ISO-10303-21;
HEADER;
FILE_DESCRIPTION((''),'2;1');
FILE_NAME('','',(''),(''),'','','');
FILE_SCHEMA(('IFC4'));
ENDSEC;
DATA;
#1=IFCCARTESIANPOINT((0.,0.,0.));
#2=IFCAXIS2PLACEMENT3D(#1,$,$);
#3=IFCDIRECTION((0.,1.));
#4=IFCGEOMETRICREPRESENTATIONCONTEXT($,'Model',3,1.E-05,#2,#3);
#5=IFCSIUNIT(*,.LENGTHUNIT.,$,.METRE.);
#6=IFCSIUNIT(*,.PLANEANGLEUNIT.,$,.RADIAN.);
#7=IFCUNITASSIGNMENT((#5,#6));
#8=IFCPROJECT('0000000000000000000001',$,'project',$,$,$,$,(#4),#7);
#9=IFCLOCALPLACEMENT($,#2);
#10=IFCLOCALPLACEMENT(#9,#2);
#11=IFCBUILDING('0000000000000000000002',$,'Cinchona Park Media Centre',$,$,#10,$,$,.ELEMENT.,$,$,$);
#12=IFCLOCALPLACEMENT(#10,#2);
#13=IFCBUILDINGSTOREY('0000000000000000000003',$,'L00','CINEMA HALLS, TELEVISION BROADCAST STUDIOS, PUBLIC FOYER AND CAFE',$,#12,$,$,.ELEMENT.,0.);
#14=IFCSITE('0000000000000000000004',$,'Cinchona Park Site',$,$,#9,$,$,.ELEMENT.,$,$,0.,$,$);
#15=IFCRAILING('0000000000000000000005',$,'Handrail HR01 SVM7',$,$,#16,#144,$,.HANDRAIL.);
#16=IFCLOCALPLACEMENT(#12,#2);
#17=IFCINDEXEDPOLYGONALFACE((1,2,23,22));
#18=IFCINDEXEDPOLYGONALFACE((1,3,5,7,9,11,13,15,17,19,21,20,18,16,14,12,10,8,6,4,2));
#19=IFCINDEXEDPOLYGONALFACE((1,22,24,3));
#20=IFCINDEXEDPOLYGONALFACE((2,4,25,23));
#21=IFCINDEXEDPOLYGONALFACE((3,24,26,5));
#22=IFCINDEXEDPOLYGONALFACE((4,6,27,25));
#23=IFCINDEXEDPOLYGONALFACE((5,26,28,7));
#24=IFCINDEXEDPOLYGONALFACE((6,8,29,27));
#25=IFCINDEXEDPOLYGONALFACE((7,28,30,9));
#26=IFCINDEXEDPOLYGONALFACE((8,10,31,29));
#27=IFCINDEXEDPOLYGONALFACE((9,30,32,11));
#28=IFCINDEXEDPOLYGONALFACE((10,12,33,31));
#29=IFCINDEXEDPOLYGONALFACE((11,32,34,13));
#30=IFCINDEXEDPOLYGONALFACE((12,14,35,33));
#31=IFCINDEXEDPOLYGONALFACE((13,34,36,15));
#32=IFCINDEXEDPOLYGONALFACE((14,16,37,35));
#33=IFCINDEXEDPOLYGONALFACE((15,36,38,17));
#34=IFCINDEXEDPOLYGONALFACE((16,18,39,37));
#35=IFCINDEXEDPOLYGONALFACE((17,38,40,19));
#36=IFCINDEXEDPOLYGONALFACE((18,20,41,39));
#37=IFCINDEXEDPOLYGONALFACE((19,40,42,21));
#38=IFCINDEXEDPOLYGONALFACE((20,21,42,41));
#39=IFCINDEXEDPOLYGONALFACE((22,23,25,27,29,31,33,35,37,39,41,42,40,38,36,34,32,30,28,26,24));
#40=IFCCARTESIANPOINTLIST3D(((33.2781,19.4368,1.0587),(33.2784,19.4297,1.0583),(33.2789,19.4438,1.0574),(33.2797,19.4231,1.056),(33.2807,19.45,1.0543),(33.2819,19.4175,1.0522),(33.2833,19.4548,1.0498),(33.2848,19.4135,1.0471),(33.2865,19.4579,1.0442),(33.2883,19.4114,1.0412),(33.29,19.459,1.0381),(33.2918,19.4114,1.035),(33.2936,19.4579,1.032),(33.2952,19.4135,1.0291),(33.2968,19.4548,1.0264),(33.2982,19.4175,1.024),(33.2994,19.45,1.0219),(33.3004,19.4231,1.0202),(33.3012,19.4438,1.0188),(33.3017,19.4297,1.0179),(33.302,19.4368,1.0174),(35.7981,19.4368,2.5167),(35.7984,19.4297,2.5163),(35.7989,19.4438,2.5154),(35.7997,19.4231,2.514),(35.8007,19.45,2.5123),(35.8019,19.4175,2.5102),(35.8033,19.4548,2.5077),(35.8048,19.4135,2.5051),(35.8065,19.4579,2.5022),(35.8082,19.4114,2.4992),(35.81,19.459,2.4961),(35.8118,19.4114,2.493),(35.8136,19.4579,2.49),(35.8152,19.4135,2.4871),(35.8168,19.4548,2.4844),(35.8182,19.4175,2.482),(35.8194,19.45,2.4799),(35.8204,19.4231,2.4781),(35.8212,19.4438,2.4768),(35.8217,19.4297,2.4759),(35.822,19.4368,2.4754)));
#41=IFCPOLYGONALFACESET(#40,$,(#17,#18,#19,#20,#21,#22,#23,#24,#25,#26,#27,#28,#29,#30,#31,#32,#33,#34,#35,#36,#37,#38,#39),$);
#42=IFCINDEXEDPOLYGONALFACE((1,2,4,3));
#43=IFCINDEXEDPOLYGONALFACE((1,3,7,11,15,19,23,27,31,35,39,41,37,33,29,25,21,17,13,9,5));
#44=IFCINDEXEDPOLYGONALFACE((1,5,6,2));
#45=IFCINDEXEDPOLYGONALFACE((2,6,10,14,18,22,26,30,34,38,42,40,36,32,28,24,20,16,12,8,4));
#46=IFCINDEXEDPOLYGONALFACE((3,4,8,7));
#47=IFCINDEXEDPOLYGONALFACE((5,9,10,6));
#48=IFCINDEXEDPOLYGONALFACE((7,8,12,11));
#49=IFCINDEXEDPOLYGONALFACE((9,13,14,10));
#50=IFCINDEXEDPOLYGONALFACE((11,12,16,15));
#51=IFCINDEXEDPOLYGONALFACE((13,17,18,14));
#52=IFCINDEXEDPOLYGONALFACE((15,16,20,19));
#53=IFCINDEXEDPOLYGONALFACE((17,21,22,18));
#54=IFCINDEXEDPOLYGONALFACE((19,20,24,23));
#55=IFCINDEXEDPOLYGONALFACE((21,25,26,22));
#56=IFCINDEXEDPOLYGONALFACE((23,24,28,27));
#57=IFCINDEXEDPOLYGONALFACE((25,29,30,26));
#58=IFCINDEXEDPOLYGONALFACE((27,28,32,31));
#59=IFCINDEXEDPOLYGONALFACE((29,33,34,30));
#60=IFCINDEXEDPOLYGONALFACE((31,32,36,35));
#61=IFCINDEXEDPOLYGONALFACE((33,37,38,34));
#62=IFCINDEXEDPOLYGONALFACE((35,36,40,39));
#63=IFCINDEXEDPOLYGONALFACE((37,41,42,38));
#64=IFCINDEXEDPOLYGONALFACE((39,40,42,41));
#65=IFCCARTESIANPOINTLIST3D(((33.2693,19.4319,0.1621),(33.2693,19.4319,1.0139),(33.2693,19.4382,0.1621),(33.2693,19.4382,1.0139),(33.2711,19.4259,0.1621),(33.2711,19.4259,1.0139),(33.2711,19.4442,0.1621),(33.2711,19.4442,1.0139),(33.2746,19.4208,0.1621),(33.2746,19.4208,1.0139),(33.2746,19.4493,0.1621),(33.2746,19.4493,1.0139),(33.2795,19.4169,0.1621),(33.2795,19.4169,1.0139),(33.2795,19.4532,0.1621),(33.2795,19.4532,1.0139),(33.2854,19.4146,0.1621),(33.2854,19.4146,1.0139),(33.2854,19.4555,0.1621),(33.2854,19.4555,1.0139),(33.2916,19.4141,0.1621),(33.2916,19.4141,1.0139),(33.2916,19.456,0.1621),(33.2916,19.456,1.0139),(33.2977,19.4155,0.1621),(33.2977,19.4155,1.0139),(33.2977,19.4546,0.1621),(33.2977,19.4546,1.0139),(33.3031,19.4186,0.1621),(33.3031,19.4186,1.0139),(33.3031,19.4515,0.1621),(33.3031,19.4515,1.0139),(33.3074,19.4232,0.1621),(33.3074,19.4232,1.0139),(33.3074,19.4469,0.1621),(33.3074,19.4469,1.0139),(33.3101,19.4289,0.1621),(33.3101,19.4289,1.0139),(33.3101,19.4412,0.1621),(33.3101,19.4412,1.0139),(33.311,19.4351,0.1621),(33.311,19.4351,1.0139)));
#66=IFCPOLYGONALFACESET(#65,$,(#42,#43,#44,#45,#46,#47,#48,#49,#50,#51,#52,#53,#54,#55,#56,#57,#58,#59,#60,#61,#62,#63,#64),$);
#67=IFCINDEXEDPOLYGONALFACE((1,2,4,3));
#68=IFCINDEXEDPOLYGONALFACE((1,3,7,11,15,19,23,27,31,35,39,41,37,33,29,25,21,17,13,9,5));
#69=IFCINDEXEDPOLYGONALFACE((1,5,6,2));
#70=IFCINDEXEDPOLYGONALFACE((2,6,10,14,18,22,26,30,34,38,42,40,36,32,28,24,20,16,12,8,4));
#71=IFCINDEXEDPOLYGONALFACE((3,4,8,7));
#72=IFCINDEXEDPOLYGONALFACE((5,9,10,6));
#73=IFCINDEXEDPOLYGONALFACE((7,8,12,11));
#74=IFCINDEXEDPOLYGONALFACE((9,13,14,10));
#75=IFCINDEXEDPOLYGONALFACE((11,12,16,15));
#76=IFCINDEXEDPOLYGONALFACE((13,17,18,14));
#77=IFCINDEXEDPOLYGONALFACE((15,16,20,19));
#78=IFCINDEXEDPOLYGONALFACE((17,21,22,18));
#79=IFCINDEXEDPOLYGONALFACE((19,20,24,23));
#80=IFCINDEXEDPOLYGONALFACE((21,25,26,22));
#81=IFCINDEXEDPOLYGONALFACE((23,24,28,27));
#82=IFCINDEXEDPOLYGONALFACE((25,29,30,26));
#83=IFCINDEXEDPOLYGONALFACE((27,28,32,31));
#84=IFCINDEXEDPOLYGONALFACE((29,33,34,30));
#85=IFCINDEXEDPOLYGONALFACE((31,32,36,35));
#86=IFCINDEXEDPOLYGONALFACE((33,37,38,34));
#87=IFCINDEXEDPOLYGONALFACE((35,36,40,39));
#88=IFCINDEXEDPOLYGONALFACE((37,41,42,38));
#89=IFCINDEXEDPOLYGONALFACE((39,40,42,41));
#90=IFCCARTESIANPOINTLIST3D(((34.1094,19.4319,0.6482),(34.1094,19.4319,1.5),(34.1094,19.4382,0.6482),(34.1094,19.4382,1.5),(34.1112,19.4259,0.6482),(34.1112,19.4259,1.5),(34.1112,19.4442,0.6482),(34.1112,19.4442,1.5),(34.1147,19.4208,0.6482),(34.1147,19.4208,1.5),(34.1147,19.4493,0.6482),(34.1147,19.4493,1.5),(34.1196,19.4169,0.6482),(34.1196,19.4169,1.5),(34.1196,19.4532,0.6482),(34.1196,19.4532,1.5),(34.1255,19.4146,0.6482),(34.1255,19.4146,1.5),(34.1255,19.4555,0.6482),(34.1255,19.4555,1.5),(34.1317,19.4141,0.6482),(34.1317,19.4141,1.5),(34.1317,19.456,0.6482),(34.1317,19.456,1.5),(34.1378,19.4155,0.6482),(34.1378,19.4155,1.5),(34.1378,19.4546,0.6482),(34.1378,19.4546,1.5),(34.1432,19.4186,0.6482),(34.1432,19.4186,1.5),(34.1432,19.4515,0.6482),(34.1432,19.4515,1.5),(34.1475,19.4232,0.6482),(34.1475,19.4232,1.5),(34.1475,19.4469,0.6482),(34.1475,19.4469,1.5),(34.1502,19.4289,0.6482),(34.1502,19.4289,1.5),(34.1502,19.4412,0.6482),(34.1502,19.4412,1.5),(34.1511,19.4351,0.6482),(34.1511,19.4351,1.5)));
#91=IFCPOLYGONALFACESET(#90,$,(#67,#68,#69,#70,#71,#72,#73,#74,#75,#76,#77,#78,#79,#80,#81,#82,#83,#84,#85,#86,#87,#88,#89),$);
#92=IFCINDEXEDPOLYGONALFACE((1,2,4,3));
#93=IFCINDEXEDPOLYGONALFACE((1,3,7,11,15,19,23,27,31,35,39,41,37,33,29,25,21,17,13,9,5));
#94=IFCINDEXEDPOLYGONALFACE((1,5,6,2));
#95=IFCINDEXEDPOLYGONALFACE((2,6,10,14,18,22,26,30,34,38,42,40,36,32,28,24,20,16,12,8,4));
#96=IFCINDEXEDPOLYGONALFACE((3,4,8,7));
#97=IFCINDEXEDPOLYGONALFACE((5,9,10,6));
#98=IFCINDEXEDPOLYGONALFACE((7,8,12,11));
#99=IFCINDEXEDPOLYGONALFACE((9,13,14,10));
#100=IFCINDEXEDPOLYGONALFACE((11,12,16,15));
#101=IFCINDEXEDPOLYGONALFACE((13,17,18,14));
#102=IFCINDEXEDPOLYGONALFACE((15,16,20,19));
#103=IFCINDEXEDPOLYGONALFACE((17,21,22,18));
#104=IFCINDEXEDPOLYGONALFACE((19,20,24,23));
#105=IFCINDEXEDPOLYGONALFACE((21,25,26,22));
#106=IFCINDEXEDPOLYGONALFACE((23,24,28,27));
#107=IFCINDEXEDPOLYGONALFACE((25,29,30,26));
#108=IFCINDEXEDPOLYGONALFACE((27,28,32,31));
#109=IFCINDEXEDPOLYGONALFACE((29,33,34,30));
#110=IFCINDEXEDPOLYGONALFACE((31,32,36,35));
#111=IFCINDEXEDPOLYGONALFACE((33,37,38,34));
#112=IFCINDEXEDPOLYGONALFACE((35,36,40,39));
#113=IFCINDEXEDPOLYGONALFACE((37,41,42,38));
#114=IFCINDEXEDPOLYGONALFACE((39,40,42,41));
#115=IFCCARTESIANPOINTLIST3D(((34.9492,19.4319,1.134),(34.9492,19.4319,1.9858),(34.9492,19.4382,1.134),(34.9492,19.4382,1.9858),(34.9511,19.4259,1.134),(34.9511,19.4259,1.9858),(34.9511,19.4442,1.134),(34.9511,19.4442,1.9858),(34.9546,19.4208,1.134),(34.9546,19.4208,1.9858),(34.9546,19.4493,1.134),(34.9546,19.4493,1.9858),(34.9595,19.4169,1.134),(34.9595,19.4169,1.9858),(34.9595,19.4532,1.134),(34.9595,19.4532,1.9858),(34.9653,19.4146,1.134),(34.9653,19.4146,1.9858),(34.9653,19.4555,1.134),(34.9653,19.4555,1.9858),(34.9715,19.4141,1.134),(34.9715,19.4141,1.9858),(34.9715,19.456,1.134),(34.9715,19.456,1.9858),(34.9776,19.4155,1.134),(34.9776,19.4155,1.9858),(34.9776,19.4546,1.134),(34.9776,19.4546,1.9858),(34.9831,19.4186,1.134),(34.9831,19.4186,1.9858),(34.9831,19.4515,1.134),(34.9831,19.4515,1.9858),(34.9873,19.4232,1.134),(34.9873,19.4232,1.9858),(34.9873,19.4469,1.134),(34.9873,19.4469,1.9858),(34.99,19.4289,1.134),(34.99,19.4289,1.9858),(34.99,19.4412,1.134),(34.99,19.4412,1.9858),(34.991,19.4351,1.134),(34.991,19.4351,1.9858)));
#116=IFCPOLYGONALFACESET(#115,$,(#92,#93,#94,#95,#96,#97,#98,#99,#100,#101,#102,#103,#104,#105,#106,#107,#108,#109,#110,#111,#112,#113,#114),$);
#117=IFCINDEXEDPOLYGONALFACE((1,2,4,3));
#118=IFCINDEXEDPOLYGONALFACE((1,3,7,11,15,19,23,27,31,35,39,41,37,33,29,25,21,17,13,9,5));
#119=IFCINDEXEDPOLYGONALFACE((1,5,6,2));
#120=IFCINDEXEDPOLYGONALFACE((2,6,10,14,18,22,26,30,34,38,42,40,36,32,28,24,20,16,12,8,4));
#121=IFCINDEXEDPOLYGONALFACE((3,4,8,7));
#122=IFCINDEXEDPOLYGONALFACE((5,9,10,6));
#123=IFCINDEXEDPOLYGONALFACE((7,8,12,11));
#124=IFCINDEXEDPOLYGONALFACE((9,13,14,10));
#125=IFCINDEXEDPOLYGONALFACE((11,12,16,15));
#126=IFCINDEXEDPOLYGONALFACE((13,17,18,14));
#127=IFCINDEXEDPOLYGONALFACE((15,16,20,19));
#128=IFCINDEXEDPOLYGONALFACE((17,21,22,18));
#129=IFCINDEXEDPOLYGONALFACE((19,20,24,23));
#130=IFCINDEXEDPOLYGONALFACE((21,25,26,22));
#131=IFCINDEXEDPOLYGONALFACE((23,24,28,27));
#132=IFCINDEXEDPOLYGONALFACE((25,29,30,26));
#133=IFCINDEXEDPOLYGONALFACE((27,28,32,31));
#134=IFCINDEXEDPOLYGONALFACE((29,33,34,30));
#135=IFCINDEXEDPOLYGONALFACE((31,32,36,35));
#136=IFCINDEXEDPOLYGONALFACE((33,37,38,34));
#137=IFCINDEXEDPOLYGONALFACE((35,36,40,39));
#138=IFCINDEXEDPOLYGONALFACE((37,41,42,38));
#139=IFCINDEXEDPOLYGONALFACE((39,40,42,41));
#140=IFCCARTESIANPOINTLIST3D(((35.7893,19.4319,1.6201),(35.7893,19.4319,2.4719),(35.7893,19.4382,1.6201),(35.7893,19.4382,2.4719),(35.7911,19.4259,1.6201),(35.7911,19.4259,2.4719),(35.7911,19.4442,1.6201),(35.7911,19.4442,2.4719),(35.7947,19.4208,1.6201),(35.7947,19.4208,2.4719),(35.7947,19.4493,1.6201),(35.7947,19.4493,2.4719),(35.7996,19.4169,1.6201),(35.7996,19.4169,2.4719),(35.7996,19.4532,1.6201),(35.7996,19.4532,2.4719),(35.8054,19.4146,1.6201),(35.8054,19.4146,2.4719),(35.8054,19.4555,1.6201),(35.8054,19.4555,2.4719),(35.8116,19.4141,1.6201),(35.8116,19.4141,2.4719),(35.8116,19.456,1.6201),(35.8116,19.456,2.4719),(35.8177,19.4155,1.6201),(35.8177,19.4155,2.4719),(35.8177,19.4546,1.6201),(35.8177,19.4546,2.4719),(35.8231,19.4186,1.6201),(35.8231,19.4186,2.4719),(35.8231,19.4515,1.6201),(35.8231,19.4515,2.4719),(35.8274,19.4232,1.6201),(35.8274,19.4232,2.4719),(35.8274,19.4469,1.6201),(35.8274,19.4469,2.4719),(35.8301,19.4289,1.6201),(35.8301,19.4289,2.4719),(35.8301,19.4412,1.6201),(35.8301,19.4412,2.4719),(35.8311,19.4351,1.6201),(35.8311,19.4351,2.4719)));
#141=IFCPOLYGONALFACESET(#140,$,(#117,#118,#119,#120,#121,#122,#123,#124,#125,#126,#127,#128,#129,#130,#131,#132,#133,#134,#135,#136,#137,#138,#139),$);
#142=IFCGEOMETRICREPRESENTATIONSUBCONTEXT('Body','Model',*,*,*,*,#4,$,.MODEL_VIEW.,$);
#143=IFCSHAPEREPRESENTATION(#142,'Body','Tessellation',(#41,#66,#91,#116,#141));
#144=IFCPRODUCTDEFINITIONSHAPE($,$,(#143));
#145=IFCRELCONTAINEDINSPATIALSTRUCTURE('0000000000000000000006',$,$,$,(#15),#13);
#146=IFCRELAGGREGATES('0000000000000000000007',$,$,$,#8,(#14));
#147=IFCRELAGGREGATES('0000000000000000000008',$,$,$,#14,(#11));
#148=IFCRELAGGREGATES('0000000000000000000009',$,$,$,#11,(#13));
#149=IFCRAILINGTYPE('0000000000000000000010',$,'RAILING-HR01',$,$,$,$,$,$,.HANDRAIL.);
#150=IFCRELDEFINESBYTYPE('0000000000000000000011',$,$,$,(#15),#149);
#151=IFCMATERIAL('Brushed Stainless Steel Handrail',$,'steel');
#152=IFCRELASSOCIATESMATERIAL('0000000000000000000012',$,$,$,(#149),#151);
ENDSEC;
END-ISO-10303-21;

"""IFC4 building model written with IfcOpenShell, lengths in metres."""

from ifc_helpers import new_model, si_unit, direction, frame, origin, origin_2d, place, context, subcontext, project, spatial, circle, extrude, material, type_object, element, save


model = new_model("IFC4")

# Units and contexts
model_context = context("Model", 3, precision=1e-05, world=origin(), true_north=direction((0.0, 1.0)))
body_context = subcontext(model_context, "Body", "Model", "MODEL_VIEW")
ifc_project = project(units=[si_unit("LENGTHUNIT", "METRE"), si_unit("PLANEANGLEUNIT", "RADIAN")], contexts=[model_context])

# Site, building, storey
site_placement = place(None, origin())
site = spatial("IfcSite", under=ifc_project, at=site_placement, Name="Cinchona Park Site", CompositionType="ELEMENT", RefElevation=0.0)
building_placement = place(site_placement, origin())
building = spatial("IfcBuilding", under=site, at=building_placement, Name="Cinchona Park Media Centre", CompositionType="ELEMENT")
storey_placement = place(building_placement, origin())
storey = spatial("IfcBuildingStorey", under=building, at=storey_placement, Name="L00", Description="CINEMA HALLS, TELEVISION BROADCAST STUDIOS, PUBLIC FOYER AND CAFE", CompositionType="ELEMENT", Elevation=0.0)

# Railing
ifc_material_1 = material(Name="Brushed Stainless Steel Handrail", Category="steel")
railing_type_1 = type_object("IfcRailingType", Name="RAILING-HR01", PredefinedType="HANDRAIL", material=ifc_material_1)
railing_1_placement = place(storey_placement, frame((33.29, 19.4351, 0.1621)))
element("IfcRailing", 1, at=railing_1_placement, inside=storey, type_object=railing_type_1, Name="Handrail HR01 SVM7", PredefinedType="HANDRAIL", context=body_context, shape_type="SweptSolid", body=[
    extrude(circle(Radius=0.0239, at=origin_2d()), frame((0.0, 0.0, 0.876), z_axis=(0.865568, 0.0, 0.500792), x_axis=(0.0, 1.0, 0.0)), (0.0, 0.0, 1.0), 2.9114),
    extrude(circle(Radius=0.021, at=origin_2d()), origin(), (0.0, 0.0, 1.0), 0.8518),
    extrude(circle(Radius=0.021, at=origin_2d()), frame((0.8401, 0.0, 0.4861)), (0.0, 0.0, 1.0), 0.8518),
    extrude(circle(Radius=0.021, at=origin_2d()), frame((1.6799, 0.0, 0.9719)), (0.0, 0.0, 1.0), 0.8518),
    extrude(circle(Radius=0.021, at=origin_2d()), frame((2.52, 0.0, 1.458)), (0.0, 0.0, 1.0), 0.8518),
])

save(model, "model.ifc")
